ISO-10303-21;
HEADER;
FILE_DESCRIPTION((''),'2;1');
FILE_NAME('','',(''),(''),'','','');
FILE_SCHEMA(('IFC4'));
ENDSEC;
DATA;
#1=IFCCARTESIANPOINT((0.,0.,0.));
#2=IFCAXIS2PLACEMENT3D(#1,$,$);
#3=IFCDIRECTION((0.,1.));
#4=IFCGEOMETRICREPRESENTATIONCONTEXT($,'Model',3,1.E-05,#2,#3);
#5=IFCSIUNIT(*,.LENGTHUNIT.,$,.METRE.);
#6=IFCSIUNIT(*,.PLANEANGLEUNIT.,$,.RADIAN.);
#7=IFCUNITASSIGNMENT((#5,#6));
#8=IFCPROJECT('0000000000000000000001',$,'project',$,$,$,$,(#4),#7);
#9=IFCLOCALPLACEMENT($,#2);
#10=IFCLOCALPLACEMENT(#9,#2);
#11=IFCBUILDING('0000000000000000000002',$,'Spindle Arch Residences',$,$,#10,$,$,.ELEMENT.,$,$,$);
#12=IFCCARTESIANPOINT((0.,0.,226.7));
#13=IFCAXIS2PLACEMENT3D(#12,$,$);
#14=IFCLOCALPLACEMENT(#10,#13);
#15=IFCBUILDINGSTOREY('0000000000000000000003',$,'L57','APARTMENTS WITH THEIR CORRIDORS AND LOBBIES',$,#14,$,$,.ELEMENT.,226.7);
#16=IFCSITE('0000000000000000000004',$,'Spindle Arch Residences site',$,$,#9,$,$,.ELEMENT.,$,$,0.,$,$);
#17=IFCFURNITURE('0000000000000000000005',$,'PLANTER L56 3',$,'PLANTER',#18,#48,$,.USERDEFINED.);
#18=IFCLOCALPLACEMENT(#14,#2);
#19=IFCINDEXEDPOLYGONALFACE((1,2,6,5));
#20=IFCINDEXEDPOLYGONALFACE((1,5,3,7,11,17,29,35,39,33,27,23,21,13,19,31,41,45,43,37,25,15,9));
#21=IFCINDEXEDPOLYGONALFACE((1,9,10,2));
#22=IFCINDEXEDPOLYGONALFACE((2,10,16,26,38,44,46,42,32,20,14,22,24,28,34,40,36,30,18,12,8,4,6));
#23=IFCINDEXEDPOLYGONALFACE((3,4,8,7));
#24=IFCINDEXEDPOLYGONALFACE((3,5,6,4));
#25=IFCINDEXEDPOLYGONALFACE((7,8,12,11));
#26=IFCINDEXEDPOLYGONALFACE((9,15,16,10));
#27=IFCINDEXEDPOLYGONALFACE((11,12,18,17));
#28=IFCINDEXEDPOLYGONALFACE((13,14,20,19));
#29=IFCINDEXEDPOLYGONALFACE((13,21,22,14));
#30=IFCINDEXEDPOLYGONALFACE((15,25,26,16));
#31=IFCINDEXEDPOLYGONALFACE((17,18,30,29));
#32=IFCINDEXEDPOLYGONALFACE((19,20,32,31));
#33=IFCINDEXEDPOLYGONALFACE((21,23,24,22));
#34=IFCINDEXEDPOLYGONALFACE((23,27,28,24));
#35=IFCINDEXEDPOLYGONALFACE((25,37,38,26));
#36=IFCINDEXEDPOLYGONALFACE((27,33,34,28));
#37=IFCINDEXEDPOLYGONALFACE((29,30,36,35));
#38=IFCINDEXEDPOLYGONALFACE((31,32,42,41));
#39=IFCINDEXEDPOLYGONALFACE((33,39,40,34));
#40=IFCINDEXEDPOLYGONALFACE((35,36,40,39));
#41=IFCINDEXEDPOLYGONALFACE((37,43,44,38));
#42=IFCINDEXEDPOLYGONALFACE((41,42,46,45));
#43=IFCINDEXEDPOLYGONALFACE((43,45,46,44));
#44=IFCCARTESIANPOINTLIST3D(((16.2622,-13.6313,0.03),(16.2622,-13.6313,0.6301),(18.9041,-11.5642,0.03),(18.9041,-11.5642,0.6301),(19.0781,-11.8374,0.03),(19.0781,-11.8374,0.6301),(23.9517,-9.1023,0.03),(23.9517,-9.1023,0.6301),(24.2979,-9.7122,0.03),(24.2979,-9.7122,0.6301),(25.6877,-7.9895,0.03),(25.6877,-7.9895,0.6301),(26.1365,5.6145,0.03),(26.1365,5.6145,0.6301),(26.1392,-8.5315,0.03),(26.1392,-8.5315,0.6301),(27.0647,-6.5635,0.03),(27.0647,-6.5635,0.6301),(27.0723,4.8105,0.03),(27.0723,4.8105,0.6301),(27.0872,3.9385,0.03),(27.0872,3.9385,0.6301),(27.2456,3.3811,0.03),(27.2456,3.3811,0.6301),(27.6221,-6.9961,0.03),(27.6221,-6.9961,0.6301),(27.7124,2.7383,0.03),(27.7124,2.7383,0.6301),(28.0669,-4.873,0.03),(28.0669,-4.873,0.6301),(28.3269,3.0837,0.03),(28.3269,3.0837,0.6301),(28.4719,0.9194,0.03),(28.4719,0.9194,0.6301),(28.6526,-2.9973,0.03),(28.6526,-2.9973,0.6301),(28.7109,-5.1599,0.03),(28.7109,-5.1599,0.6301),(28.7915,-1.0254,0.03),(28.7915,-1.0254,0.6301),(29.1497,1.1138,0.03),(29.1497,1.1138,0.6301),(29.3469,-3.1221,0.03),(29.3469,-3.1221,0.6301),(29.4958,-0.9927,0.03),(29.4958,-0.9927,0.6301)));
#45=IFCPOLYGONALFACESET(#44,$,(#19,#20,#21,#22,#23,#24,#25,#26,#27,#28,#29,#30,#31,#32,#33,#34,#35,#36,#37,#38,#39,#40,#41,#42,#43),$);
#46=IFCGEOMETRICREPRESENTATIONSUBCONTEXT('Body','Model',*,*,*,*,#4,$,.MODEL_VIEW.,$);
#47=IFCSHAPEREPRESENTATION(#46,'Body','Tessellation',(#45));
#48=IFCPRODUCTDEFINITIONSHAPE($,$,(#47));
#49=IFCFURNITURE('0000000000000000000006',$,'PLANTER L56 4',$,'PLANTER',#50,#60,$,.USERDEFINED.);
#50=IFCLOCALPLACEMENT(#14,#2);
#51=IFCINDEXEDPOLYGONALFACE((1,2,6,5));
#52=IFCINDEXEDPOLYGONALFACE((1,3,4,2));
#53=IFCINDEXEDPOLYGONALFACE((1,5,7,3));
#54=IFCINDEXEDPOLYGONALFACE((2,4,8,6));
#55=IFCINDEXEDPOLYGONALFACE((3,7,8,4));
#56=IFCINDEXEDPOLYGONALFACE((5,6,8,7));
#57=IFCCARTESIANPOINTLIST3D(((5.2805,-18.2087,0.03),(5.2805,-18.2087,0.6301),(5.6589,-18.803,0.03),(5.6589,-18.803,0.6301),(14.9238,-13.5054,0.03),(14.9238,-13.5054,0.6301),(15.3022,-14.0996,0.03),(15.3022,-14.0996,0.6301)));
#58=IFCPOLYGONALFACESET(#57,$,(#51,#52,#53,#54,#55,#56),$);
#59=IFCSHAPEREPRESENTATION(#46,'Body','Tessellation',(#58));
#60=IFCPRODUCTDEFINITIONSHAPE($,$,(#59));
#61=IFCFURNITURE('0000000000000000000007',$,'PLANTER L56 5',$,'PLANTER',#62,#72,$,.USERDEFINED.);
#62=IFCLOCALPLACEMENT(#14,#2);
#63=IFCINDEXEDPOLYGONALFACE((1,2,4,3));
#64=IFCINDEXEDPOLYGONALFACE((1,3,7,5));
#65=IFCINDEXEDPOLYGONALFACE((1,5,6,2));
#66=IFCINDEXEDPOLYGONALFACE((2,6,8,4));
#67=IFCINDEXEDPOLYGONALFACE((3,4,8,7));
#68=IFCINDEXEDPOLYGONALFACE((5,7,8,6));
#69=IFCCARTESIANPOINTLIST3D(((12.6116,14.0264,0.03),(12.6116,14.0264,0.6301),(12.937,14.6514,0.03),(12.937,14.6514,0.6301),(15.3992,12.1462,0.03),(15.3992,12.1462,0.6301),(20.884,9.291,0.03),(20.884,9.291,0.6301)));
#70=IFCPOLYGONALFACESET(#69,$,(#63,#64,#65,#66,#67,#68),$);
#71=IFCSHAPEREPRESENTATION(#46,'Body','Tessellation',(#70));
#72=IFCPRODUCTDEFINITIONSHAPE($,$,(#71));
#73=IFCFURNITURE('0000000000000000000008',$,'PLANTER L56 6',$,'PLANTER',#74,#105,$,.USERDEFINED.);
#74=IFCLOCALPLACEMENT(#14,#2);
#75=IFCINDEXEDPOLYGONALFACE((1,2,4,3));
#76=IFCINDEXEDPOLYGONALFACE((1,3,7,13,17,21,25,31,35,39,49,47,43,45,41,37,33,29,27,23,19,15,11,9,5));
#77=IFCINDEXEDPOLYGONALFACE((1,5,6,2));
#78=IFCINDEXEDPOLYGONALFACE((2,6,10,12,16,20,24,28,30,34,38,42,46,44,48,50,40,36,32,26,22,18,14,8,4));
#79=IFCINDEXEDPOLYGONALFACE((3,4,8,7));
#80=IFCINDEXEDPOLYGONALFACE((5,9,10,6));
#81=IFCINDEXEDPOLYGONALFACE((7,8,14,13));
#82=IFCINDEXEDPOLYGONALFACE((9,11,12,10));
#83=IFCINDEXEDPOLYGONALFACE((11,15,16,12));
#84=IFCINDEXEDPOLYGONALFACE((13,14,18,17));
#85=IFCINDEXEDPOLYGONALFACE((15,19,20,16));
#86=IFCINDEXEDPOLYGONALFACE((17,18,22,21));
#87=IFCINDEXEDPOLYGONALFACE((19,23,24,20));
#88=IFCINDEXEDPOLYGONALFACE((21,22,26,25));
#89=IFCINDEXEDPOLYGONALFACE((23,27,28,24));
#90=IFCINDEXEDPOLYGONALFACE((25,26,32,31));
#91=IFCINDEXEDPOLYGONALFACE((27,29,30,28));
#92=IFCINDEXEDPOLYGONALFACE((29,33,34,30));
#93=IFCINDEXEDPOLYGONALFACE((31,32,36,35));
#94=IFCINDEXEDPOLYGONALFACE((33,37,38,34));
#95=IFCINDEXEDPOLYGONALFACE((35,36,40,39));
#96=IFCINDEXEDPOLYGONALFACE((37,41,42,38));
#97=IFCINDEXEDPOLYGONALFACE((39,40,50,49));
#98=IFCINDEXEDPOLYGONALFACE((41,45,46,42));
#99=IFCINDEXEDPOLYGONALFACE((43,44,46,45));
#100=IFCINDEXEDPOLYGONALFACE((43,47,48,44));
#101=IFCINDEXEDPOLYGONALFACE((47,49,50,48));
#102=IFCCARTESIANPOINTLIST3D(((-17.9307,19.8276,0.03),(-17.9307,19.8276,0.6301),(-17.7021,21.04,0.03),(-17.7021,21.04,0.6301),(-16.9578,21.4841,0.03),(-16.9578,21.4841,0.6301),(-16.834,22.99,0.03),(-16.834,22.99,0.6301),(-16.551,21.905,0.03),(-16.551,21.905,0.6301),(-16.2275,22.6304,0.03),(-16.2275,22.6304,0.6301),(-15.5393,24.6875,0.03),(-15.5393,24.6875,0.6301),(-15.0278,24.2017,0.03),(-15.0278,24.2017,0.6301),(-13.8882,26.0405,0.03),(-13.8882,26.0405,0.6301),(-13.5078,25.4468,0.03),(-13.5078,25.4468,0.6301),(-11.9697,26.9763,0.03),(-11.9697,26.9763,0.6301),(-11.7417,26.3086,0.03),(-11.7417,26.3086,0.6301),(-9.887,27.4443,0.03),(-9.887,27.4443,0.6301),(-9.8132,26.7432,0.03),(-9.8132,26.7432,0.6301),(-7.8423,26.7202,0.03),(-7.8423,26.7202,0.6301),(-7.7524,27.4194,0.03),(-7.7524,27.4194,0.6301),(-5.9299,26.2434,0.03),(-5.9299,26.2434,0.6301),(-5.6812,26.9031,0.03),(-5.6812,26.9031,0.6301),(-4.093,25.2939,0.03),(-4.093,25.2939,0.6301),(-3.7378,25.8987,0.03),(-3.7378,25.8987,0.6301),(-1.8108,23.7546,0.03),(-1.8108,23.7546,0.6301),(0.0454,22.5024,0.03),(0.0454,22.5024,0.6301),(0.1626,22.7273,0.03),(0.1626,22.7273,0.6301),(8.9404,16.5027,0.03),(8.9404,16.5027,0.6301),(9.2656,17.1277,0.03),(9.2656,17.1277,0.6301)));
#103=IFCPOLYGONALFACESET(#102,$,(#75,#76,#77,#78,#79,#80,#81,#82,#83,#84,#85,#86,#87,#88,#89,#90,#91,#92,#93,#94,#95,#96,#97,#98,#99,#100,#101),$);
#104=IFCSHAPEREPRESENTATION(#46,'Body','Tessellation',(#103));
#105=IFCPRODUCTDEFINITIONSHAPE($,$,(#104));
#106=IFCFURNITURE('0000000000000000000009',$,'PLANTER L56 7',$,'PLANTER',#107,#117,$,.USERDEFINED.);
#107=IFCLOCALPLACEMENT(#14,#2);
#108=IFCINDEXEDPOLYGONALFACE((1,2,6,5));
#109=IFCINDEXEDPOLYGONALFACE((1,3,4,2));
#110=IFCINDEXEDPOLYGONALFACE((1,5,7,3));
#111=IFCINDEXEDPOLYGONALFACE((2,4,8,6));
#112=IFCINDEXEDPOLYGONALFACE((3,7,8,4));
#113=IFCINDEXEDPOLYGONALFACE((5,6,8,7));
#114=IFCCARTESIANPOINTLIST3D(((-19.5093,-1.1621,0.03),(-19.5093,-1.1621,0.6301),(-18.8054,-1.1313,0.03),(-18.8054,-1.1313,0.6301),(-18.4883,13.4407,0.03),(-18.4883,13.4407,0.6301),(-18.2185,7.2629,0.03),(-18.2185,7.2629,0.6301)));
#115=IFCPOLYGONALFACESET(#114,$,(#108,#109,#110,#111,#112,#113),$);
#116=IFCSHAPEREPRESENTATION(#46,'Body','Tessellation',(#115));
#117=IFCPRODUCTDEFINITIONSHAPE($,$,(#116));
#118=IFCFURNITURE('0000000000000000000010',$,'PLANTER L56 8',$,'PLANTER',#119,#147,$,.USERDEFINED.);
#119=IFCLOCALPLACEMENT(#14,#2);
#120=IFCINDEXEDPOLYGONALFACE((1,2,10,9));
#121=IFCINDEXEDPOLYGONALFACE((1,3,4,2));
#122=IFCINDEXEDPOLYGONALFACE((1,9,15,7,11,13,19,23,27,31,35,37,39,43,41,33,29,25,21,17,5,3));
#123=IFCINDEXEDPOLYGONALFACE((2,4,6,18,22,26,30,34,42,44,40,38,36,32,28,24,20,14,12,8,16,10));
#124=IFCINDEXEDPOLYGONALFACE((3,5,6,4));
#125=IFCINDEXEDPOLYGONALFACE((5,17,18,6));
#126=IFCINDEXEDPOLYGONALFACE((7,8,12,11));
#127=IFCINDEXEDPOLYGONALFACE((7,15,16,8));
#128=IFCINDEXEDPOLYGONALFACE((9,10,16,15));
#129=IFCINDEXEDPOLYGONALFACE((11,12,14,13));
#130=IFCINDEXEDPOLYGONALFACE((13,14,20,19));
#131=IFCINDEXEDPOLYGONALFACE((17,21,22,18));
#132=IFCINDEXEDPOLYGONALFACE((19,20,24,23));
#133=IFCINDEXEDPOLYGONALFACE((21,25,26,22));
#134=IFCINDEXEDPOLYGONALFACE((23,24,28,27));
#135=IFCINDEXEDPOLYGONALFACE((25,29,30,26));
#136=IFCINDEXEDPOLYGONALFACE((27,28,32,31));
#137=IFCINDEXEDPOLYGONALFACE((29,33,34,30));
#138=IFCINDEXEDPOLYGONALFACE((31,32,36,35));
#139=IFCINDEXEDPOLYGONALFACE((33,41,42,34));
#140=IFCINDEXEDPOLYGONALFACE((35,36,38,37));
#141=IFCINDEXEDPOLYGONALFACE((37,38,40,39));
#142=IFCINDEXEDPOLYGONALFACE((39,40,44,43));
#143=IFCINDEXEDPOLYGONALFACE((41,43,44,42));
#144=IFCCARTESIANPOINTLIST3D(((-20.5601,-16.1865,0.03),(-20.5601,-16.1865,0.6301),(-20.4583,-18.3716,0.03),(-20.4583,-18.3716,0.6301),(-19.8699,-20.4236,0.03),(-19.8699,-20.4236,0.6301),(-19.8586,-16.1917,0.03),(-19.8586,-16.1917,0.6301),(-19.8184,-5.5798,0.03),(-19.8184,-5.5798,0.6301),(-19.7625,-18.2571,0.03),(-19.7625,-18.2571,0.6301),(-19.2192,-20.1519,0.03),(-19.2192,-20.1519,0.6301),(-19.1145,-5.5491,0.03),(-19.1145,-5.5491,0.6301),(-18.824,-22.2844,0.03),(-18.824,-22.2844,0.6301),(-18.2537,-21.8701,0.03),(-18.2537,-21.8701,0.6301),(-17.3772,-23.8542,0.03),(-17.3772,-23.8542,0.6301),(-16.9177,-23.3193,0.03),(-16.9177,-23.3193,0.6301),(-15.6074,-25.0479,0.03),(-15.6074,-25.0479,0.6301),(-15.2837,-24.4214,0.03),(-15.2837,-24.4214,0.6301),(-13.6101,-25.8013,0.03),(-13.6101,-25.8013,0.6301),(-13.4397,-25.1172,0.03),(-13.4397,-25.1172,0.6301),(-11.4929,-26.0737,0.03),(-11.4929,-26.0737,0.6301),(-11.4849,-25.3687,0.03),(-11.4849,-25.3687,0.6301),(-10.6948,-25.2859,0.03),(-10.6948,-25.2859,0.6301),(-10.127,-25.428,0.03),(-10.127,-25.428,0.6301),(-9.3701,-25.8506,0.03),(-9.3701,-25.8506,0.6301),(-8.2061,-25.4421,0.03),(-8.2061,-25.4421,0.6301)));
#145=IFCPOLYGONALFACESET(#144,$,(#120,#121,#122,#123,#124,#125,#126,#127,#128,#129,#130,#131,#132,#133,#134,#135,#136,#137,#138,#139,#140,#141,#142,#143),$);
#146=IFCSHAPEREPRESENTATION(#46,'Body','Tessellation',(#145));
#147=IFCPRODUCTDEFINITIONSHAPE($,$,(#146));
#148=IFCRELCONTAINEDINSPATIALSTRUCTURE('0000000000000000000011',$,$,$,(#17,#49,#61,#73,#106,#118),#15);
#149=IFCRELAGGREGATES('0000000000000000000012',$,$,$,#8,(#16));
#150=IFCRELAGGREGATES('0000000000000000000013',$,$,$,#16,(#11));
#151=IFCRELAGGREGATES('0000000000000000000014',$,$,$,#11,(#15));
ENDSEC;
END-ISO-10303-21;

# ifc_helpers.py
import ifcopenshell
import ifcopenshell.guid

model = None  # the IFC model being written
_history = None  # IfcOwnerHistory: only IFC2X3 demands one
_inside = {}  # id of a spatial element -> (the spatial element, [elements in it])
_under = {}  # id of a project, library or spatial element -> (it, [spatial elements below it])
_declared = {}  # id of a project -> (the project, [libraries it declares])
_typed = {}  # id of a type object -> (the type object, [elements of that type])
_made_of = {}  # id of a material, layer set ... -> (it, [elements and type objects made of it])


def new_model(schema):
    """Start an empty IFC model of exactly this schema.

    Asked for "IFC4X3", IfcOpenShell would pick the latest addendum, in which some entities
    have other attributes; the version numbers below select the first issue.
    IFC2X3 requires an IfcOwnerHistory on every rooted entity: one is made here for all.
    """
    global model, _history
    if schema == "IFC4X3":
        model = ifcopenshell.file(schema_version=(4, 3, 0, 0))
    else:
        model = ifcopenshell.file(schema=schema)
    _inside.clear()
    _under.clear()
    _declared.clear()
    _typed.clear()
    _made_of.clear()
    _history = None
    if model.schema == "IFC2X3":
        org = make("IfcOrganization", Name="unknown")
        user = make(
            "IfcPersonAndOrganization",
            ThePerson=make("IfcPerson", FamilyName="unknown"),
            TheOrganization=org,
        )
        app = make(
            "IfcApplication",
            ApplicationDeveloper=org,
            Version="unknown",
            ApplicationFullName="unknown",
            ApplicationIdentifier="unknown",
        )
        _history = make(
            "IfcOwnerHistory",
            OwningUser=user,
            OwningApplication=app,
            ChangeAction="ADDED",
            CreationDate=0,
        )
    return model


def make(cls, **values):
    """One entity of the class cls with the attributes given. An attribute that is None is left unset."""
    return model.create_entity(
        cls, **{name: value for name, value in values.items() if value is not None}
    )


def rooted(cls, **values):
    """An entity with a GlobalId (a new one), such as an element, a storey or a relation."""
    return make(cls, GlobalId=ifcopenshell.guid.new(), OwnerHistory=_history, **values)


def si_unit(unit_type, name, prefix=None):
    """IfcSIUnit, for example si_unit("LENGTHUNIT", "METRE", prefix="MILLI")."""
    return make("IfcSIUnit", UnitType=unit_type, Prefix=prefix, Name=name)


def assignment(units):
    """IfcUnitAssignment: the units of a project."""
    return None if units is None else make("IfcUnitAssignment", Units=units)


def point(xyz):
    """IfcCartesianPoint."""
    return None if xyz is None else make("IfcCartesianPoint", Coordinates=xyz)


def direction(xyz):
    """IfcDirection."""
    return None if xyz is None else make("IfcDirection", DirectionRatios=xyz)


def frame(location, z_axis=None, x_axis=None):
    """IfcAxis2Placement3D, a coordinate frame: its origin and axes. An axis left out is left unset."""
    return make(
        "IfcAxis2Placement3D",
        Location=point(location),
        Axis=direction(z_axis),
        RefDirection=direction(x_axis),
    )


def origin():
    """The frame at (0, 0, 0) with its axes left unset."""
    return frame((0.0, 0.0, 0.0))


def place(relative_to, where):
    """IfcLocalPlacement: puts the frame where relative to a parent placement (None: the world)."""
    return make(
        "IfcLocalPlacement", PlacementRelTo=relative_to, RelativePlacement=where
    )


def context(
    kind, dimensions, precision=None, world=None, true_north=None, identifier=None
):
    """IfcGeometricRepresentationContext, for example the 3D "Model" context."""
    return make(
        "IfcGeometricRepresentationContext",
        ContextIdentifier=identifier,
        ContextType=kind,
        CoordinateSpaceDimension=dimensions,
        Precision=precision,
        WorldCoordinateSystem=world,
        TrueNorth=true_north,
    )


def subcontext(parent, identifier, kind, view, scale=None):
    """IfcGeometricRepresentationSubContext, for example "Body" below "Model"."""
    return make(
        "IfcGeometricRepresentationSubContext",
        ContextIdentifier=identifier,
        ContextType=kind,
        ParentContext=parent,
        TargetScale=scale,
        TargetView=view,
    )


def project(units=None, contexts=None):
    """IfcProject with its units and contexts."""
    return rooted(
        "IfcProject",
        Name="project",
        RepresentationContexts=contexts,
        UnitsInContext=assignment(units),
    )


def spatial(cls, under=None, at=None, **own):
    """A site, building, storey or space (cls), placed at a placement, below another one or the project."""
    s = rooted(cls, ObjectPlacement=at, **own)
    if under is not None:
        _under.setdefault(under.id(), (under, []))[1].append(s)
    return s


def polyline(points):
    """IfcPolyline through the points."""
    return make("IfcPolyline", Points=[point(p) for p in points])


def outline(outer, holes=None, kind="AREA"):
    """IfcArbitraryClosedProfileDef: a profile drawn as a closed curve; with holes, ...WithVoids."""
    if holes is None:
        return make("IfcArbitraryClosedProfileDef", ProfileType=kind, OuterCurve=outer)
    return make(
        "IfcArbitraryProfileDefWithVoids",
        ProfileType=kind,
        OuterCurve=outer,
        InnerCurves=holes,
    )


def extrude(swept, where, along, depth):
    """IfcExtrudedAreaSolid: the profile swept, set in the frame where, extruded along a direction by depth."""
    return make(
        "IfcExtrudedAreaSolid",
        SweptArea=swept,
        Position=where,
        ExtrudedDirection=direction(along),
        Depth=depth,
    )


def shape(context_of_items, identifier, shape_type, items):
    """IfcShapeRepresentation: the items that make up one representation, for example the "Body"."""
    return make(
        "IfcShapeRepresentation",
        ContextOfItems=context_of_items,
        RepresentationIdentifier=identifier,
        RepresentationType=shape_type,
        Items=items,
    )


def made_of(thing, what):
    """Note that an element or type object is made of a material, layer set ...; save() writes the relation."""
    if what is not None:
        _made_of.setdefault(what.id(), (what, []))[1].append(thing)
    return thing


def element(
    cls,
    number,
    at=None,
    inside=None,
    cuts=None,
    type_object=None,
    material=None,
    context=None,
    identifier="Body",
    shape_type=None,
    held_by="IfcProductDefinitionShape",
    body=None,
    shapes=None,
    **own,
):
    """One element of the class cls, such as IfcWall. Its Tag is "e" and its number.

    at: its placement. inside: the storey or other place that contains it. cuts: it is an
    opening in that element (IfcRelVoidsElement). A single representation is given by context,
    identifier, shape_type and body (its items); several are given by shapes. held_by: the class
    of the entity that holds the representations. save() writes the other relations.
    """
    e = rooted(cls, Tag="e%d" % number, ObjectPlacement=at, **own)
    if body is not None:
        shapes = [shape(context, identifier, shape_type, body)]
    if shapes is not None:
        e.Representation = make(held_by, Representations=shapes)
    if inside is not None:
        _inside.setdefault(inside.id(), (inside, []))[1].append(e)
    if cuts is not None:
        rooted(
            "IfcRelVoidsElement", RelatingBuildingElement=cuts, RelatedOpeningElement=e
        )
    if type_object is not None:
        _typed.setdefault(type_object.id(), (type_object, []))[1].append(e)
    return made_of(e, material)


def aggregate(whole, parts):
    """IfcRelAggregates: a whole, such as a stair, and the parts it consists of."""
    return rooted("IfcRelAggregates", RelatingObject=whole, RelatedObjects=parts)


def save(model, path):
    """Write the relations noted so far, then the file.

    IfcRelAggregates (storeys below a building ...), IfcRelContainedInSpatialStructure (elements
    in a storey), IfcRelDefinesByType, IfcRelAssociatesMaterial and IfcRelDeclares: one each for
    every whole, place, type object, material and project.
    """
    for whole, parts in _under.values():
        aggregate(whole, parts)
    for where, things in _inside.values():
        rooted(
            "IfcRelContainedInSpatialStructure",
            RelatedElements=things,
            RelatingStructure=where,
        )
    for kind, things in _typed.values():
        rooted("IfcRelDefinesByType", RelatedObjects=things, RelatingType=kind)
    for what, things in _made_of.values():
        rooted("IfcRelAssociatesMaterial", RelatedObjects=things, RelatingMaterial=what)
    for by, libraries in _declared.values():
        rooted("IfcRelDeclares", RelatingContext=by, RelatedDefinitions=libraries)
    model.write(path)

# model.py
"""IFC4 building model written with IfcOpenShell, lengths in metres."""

from ifc_helpers import new_model, si_unit, direction, frame, origin, place, context, subcontext, project, spatial, polyline, outline, extrude, element, save


model = new_model("IFC4")

# Units and contexts
model_context = context("Model", 3, precision=1e-05, world=origin(), true_north=direction((0.0, 1.0)))
body_context = subcontext(model_context, "Body", "Model", "MODEL_VIEW")
ifc_project = project(units=[si_unit("LENGTHUNIT", "METRE"), si_unit("PLANEANGLEUNIT", "RADIAN")], contexts=[model_context])

# Site, building, storey
site_placement = place(None, origin())
site = spatial("IfcSite", under=ifc_project, at=site_placement, Name="Spindle Arch Residences site", CompositionType="ELEMENT", RefElevation=0.0)
building_placement = place(site_placement, origin())
building = spatial("IfcBuilding", under=site, at=building_placement, Name="Spindle Arch Residences", CompositionType="ELEMENT")
storey_placement = place(building_placement, frame((0.0, 0.0, 226.7)))
storey = spatial("IfcBuildingStorey", under=building, at=storey_placement, Name="L57", Description="APARTMENTS WITH THEIR CORRIDORS AND LOBBIES", CompositionType="ELEMENT", Elevation=226.7)

# Furniture
furniture_1_placement = place(storey_placement, frame((0.0, 0.0, 0.03)))
element("IfcFurniture", 1, at=furniture_1_placement, inside=storey, Name="PLANTER L56 3", ObjectType="PLANTER", PredefinedType="USERDEFINED", context=body_context, shape_type="SweptSolid", body=[
    extrude(outline(polyline([(27.0872, 3.9385), (26.1365, 5.6145), (27.0723, 4.8105), (28.3269, 3.0837), (29.1497, 1.1138), (29.4958, -0.9927), (29.3469, -3.1221), (28.7109, -5.1599), (27.6221, -6.9961), (26.1392, -8.5315), (24.2979, -9.7122), (16.2622, -13.6313), (19.0781, -11.8374), (18.9041, -11.5642), (23.9517, -9.1023), (25.6877, -7.9895), (27.0647, -6.5635), (28.0669, -4.873), (28.6526, -2.9973), (28.7915, -1.0254), (28.4719, 0.9194), (27.7124, 2.7383), (27.2456, 3.3811), (27.0872, 3.9385)])), origin(), (0.0, 0.0, 1.0), 0.6001),
])
furniture_2_placement = place(storey_placement, frame((0.0, 0.0, 0.03)))
element("IfcFurniture", 2, at=furniture_2_placement, inside=storey, Name="PLANTER L56 4", ObjectType="PLANTER", PredefinedType="USERDEFINED", context=body_context, shape_type="SweptSolid", body=[
    extrude(outline(polyline([(5.6589, -18.803), (5.2805, -18.2087), (14.9238, -13.5054), (15.3022, -14.0996), (5.6589, -18.803)])), origin(), (0.0, 0.0, 1.0), 0.6001),
])
furniture_3_placement = place(storey_placement, frame((0.0, 0.0, 0.03)))
element("IfcFurniture", 3, at=furniture_3_placement, inside=storey, Name="PLANTER L56 5", ObjectType="PLANTER", PredefinedType="USERDEFINED", context=body_context, shape_type="SweptSolid", body=[
    extrude(outline(polyline([(12.6116, 14.0264), (12.937, 14.6514), (20.884, 9.291), (15.3992, 12.1462), (12.6116, 14.0264)])), origin(), (0.0, 0.0, 1.0), 0.6001),
])
furniture_4_placement = place(storey_placement, frame((0.0, 0.0, 0.03)))
element("IfcFurniture", 4, at=furniture_4_placement, inside=storey, Name="PLANTER L56 6", ObjectType="PLANTER", PredefinedType="USERDEFINED", context=body_context, shape_type="SweptSolid", body=[
    extrude(outline(polyline([(0.0454, 22.5024), (0.1626, 22.7273), (-1.8108, 23.7546), (-4.093, 25.2939), (-5.9299, 26.2434), (-7.8423, 26.7202), (-9.8132, 26.7432), (-11.7417, 26.3086), (-13.5078, 25.4468), (-15.0278, 24.2017), (-16.2275, 22.6304), (-16.551, 21.905), (-16.9578, 21.4841), (-17.9307, 19.8276), (-17.7021, 21.04), (-16.834, 22.99), (-15.5393, 24.6875), (-13.8882, 26.0405), (-11.9697, 26.9763), (-9.887, 27.4443), (-7.7524, 27.4194), (-5.6812, 26.9031), (-3.7378, 25.8987), (9.2656, 17.1277), (8.9404, 16.5027), (0.0454, 22.5024)])), origin(), (0.0, 0.0, 1.0), 0.6001),
])
furniture_5_placement = place(storey_placement, frame((0.0, 0.0, 0.03)))
element("IfcFurniture", 5, at=furniture_5_placement, inside=storey, Name="PLANTER L56 7", ObjectType="PLANTER", PredefinedType="USERDEFINED", context=body_context, shape_type="SweptSolid", body=[
    extrude(outline(polyline([(-18.8054, -1.1313), (-19.5093, -1.1621), (-18.4883, 13.4407), (-18.2185, 7.2629), (-18.8054, -1.1313)])), origin(), (0.0, 0.0, 1.0), 0.6001),
])
furniture_6_placement = place(storey_placement, frame((0.0, 0.0, 0.03)))
element("IfcFurniture", 6, at=furniture_6_placement, inside=storey, Name="PLANTER L56 8", ObjectType="PLANTER", PredefinedType="USERDEFINED", context=body_context, shape_type="SweptSolid", body=[
    extrude(outline(polyline([(-19.8586, -16.1917), (-19.7625, -18.2571), (-19.2192, -20.1519), (-18.2537, -21.8701), (-16.9177, -23.3193), (-15.2837, -24.4214), (-13.4397, -25.1172), (-11.4849, -25.3687), (-10.6948, -25.2859), (-10.127, -25.428), (-8.2061, -25.4421), (-9.3701, -25.8506), (-11.4929, -26.0737), (-13.6101, -25.8013), (-15.6074, -25.0479), (-17.3772, -23.8542), (-18.824, -22.2844), (-19.8699, -20.4236), (-20.4583, -18.3716), (-20.5601, -16.1865), (-19.8184, -5.5798), (-19.1145, -5.5491), (-19.8586, -16.1917)])), origin(), (0.0, 0.0, 1.0), 0.6001),
])

save(model, "model.ifc")
